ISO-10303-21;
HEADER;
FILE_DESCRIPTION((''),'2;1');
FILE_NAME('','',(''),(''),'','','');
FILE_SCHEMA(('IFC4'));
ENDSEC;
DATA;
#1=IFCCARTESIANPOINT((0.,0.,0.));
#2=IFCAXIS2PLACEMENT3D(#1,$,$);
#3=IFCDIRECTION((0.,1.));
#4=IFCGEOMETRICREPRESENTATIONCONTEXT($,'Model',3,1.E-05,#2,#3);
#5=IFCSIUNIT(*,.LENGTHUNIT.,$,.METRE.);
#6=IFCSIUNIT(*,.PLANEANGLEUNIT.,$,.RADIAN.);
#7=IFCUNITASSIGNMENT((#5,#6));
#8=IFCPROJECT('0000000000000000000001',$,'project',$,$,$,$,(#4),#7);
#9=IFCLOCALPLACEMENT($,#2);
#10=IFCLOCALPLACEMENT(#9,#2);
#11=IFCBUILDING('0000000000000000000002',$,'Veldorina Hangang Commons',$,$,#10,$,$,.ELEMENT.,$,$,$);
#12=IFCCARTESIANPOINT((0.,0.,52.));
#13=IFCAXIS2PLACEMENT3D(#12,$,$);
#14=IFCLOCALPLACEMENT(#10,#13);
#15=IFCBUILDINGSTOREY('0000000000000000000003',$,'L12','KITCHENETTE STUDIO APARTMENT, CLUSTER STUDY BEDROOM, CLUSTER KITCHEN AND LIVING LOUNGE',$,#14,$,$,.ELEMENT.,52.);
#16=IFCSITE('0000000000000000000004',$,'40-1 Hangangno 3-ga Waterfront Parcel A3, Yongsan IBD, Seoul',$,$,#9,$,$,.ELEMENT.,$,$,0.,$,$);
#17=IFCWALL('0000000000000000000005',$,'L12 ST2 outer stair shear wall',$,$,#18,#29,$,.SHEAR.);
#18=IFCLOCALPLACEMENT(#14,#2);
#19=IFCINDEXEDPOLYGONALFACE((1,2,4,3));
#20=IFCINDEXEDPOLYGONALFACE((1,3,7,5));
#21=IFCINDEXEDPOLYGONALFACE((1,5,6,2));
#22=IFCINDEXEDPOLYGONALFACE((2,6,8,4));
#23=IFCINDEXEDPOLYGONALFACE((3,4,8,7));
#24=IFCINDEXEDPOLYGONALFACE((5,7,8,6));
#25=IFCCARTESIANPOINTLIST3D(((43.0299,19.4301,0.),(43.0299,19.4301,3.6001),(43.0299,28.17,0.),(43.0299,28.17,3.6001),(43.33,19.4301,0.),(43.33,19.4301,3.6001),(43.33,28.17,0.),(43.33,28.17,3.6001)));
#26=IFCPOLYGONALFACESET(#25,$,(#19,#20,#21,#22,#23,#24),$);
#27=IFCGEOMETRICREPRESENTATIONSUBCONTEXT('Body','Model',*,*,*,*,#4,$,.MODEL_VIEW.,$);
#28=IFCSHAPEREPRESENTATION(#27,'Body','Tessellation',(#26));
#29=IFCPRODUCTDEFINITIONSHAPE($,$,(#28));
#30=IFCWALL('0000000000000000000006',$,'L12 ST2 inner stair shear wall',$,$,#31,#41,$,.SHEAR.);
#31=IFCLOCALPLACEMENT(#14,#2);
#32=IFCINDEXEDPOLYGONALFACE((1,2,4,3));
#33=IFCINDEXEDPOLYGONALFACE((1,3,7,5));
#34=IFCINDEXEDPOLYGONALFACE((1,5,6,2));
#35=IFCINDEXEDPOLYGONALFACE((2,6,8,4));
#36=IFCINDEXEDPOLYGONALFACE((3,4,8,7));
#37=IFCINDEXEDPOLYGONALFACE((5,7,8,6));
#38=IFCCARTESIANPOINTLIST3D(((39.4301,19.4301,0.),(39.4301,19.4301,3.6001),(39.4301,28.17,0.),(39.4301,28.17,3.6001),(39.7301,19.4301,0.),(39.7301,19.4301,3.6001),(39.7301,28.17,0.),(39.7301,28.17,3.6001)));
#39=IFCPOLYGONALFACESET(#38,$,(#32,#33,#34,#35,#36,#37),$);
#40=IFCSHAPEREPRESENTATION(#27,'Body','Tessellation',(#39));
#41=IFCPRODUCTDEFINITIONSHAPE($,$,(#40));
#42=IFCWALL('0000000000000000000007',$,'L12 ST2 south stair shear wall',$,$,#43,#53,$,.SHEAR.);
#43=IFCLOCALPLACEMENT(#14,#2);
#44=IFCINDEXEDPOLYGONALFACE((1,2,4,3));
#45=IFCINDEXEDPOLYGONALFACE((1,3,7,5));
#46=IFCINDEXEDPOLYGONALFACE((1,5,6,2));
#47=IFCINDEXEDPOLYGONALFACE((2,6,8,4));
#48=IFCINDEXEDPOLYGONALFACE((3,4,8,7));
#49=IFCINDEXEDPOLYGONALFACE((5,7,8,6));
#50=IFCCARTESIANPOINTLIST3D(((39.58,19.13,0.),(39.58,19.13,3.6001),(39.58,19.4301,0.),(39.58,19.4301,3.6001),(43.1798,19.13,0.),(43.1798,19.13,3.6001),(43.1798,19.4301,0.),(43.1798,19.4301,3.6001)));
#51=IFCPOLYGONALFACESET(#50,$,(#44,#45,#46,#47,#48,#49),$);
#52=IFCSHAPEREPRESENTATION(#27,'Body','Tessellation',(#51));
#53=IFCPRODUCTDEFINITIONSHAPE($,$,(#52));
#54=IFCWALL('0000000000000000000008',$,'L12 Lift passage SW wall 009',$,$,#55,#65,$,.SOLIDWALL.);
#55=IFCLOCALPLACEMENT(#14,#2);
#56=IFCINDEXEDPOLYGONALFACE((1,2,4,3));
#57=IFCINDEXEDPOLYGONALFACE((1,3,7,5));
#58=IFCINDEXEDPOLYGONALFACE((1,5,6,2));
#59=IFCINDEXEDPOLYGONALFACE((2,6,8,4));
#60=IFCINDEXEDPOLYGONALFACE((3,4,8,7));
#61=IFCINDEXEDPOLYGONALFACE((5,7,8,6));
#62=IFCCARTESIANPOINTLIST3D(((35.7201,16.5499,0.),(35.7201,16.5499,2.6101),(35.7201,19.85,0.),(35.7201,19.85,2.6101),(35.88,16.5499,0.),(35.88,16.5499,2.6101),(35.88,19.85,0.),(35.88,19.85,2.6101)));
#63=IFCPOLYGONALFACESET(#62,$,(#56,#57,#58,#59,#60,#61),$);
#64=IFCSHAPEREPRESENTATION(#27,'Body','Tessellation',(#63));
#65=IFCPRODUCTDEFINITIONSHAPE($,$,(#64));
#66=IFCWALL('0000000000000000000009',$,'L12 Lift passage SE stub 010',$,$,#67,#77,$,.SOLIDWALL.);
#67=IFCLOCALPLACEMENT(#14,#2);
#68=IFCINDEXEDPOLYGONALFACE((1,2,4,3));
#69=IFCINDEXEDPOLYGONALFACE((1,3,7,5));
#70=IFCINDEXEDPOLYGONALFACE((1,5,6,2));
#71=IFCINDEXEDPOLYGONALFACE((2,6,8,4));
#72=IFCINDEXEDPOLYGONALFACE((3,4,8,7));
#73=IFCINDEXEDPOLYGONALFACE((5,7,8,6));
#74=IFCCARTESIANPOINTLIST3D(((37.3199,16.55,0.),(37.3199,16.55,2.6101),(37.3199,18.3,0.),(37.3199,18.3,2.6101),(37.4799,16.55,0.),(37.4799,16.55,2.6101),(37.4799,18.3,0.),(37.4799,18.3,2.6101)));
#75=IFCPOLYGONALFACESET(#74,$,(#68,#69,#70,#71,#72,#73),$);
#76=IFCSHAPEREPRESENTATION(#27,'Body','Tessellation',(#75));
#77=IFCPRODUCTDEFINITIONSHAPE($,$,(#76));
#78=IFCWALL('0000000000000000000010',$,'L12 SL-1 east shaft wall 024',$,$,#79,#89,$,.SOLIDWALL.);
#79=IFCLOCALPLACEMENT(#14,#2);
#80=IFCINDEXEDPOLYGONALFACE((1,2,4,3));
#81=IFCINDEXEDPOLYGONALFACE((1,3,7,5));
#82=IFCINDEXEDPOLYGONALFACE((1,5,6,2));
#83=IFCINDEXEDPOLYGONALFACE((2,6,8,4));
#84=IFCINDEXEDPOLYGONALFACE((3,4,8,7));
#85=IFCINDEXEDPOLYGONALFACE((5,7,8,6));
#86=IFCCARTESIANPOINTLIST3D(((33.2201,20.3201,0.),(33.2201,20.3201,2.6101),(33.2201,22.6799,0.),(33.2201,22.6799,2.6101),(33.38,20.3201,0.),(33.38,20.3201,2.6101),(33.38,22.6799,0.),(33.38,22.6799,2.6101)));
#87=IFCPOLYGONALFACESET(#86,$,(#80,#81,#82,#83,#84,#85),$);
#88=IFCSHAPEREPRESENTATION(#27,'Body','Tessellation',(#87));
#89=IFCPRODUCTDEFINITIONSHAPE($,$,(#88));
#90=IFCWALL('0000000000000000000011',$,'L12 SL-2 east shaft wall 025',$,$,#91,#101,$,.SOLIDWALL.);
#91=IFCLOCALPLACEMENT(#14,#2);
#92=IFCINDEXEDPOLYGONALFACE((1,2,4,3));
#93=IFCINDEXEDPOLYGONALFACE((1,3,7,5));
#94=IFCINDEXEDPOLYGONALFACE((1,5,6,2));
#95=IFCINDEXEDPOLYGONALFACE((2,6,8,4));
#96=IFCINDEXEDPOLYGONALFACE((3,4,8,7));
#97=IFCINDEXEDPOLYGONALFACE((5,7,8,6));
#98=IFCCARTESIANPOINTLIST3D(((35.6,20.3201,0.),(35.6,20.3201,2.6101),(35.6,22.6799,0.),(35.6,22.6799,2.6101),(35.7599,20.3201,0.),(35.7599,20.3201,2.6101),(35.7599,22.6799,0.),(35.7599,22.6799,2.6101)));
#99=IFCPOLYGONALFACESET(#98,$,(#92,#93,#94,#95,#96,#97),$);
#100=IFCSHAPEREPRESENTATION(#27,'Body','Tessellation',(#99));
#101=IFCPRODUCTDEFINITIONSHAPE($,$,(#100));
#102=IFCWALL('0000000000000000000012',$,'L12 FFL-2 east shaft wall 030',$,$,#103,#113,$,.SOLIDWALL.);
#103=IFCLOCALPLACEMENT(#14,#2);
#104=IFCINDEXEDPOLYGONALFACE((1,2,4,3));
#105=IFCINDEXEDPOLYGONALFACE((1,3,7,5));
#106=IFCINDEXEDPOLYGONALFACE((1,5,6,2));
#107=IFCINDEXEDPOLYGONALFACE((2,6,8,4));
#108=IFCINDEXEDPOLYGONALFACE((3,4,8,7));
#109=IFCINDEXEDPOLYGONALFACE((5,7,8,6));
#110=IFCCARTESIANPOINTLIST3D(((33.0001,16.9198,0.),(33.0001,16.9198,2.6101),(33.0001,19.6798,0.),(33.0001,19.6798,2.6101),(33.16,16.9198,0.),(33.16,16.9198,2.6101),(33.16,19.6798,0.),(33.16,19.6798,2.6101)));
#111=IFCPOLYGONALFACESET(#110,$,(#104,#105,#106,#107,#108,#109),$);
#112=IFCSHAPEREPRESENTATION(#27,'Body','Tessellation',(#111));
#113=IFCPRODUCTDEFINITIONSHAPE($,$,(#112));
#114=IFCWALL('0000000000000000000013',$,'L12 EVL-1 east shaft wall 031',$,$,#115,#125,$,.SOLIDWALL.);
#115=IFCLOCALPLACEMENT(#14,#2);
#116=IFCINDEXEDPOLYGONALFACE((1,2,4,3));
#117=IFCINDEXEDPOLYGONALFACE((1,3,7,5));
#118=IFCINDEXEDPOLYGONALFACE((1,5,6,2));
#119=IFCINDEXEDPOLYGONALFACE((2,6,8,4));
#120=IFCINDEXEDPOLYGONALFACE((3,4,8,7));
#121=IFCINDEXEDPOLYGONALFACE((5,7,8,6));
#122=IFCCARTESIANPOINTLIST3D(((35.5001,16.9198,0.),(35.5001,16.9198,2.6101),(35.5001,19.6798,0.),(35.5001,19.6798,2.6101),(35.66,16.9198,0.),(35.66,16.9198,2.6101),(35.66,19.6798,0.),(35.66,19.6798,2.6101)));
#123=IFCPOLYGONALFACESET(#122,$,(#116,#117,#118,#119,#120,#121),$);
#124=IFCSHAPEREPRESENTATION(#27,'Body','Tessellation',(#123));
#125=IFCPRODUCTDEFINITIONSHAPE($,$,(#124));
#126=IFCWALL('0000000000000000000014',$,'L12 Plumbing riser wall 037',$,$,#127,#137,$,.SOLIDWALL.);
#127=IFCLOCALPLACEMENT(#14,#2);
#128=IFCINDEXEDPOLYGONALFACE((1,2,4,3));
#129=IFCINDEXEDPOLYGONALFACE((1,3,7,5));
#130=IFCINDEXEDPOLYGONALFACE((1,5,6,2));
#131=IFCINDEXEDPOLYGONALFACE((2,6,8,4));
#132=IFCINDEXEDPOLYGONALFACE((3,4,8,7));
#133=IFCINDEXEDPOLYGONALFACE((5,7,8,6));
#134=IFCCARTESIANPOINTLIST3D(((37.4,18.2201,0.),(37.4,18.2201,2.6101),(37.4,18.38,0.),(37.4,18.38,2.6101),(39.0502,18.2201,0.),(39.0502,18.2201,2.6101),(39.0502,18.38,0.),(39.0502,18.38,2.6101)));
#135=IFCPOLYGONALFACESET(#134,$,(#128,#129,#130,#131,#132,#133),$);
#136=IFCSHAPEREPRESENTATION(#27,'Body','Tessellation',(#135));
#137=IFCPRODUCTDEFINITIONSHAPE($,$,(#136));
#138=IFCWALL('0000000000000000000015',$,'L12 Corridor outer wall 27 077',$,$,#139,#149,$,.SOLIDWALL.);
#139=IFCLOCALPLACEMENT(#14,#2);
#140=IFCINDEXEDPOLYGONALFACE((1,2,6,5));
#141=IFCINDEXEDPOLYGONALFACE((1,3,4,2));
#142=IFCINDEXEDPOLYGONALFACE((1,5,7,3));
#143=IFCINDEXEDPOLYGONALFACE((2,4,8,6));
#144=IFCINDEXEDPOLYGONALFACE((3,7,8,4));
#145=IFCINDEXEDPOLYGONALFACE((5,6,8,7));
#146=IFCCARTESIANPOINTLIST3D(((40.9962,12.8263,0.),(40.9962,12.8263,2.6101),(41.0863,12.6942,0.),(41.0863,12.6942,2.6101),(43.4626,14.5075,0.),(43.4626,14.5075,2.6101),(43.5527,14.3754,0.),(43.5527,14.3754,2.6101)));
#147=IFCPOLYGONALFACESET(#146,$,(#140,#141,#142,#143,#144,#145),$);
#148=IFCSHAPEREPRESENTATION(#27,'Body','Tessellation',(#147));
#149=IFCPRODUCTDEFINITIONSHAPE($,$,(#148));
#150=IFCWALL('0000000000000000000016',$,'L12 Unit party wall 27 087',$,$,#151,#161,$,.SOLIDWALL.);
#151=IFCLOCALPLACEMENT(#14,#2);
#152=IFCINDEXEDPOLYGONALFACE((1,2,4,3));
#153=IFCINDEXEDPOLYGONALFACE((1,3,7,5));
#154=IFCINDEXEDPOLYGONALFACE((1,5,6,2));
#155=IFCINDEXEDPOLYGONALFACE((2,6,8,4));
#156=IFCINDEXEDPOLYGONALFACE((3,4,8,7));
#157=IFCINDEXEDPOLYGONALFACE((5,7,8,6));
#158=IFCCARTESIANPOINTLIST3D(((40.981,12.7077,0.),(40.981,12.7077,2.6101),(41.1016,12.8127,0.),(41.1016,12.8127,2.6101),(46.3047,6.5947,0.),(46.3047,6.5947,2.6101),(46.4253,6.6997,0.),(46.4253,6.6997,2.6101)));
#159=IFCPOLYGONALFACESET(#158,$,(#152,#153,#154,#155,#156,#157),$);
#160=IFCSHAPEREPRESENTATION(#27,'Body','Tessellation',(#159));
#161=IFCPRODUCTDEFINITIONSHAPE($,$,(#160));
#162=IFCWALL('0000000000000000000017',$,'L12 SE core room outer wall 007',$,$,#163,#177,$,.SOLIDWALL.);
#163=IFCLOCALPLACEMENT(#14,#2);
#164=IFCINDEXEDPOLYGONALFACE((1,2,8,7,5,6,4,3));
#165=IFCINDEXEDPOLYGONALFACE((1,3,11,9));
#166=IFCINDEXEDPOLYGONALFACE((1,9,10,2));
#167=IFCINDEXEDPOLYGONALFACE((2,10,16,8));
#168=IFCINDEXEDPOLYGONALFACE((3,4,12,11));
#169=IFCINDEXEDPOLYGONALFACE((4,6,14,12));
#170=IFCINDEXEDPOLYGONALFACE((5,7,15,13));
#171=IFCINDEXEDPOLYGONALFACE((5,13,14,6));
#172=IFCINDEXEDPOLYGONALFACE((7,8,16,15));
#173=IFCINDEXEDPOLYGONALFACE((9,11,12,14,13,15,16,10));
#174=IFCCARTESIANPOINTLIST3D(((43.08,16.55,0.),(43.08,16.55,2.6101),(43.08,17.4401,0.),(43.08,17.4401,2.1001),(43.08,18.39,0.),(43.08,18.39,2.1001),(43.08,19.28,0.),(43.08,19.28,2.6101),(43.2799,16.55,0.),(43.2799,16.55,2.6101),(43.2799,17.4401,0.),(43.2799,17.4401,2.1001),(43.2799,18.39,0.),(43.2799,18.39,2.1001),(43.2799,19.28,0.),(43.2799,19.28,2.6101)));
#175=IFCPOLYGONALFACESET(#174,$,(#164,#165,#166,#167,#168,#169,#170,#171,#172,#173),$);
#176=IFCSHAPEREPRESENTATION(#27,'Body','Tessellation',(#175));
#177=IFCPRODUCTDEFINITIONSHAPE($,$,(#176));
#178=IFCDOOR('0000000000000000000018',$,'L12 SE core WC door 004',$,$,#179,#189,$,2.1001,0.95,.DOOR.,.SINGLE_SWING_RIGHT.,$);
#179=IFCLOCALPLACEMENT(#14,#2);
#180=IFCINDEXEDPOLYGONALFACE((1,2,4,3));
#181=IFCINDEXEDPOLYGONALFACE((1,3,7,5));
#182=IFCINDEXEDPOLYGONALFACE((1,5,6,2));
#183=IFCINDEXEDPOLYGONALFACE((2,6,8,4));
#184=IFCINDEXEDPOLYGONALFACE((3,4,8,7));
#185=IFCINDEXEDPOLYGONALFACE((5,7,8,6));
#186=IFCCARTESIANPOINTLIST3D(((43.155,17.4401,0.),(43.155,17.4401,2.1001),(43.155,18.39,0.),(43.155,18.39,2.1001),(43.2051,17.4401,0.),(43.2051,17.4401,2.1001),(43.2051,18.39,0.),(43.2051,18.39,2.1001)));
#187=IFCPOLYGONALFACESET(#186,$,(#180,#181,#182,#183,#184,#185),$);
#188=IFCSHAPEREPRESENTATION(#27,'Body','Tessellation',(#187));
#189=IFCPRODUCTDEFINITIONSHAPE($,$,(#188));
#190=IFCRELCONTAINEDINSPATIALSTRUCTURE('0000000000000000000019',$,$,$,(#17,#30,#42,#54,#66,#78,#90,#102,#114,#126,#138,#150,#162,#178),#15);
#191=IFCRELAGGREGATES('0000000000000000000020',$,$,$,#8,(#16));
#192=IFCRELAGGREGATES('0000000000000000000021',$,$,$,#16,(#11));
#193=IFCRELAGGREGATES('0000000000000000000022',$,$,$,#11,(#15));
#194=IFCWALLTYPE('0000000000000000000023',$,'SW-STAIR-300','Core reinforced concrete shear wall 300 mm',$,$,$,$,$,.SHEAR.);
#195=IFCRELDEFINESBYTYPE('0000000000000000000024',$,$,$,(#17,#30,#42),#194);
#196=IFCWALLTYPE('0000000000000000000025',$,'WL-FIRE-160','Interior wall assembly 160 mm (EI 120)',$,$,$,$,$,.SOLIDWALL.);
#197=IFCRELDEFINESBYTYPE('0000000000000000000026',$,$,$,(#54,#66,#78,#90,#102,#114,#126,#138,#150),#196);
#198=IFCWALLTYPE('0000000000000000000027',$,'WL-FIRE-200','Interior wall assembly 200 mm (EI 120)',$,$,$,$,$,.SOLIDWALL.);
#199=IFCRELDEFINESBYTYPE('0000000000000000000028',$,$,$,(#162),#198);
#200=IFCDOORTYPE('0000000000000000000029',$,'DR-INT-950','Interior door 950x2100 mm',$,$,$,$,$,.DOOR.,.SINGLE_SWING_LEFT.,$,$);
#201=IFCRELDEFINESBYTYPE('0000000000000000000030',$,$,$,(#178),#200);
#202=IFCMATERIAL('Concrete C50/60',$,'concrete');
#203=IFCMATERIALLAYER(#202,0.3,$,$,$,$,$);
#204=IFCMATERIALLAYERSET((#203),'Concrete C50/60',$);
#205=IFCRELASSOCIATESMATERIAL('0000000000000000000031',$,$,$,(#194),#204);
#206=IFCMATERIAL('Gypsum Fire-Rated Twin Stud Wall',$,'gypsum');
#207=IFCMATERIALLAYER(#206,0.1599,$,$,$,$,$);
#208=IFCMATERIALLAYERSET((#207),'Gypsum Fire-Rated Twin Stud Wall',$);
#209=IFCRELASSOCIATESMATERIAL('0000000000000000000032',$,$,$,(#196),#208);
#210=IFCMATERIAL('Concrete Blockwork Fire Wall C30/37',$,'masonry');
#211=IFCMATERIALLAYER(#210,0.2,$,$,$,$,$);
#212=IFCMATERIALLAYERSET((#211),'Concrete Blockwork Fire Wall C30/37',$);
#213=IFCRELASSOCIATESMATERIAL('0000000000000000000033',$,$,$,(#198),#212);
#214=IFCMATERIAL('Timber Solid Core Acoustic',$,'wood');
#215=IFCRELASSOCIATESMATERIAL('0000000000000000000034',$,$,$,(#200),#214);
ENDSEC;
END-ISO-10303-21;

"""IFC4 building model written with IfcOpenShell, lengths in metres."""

from ifc_helpers import new_model, si_unit, direction, frame, frame_2d, origin, place, context, subcontext, project, spatial, rectangle, extrude, material, layer, layer_set, type_object, element, fill, save


model = new_model("IFC4")

# Units and contexts
model_context = context("Model", 3, precision=1e-05, world=origin(), true_north=direction((0.0, 1.0)))
body_context = subcontext(model_context, "Body", "Model", "MODEL_VIEW")
ifc_project = project(units=[si_unit("LENGTHUNIT", "METRE"), si_unit("PLANEANGLEUNIT", "RADIAN")], contexts=[model_context])

# Site, building, storey
site_placement = place(None, origin())
site = spatial("IfcSite", under=ifc_project, at=site_placement, Name="40-1 Hangangno 3-ga Waterfront Parcel A3, Yongsan IBD, Seoul", CompositionType="ELEMENT", RefElevation=0.0)
building_placement = place(site_placement, origin())
building = spatial("IfcBuilding", under=site, at=building_placement, Name="Veldorina Hangang Commons", CompositionType="ELEMENT")
storey_placement = place(building_placement, frame((0.0, 0.0, 52.0)))
storey = spatial("IfcBuildingStorey", under=building, at=storey_placement, Name="L12", Description="KITCHENETTE STUDIO APARTMENT, CLUSTER STUDY BEDROOM, CLUSTER KITCHEN AND LIVING LOUNGE", CompositionType="ELEMENT", Elevation=52.0)

# Walls
ifc_material_1 = material(Name="Concrete C50/60", Category="concrete")
ifc_layer_1 = layer(ifc_material_1, 0.3)
ifc_layer_set_1 = layer_set([ifc_layer_1], Name="Concrete C50/60")
wall_type_1 = type_object("IfcWallType", Name="SW-STAIR-300", Description="Core reinforced concrete shear wall 300 mm", PredefinedType="SHEAR", material=ifc_layer_set_1)
for number, where, z_axis, x_axis, name in (
    (1, (43.1799, 19.4299, 0.0), (0.0, 0.0, 1.0), (0.0, 1.0, 0.0), "L12 ST2 outer stair shear wall"),
    (2, (39.5801, 19.4299, 0.0), (0.0, 0.0, 1.0), (0.0, 1.0, 0.0), "L12 ST2 inner stair shear wall"),
):
    element("IfcWall", number, at=place(storey_placement, frame(where, z_axis=z_axis, x_axis=x_axis)), inside=storey, type_object=wall_type_1, Name=name, PredefinedType="SHEAR", context=body_context, shape_type="SweptSolid", body=[
        extrude(rectangle(XDim=8.74, YDim=0.3, at=frame_2d((4.3701, 0.0))), origin(), (0.0, 0.0, 1.0), 3.6001),
    ])
wall_1_placement = place(storey_placement, frame((39.5801, 19.28, 0.0), z_axis=(0.0, 0.0, 1.0), x_axis=(1.0, 0.0, 0.0)))
element("IfcWall", 3, at=wall_1_placement, inside=storey, type_object=wall_type_1, Name="L12 ST2 south stair shear wall", PredefinedType="SHEAR", context=body_context, shape_type="SweptSolid", body=[
    extrude(rectangle(XDim=3.5999, YDim=0.3, at=frame_2d((1.7998, 0.0))), origin(), (0.0, 0.0, 1.0), 3.6001),
])
ifc_material_2 = material(Name="Gypsum Fire-Rated Twin Stud Wall", Category="gypsum")
ifc_layer_2 = layer(ifc_material_2, 0.1599)
ifc_layer_set_2 = layer_set([ifc_layer_2], Name="Gypsum Fire-Rated Twin Stud Wall")
wall_type_2 = type_object("IfcWallType", Name="WL-FIRE-160", Description="Interior wall assembly 160 mm (EI 120)", PredefinedType="SOLIDWALL", material=ifc_layer_set_2)
wall_2_placement = place(storey_placement, frame((35.8, 16.55, 0.0), z_axis=(0.0, 0.0, 1.0), x_axis=(0.0, 1.0, 0.0)))
element("IfcWall", 4, at=wall_2_placement, inside=storey, type_object=wall_type_2, Name="L12 Lift passage SW wall 009", PredefinedType="SOLIDWALL", context=body_context, shape_type="SweptSolid", body=[
    extrude(rectangle(XDim=3.3, YDim=0.1599, at=frame_2d((1.6499, 0.0))), origin(), (0.0, 0.0, 1.0), 2.6101),
])
wall_3_placement = place(storey_placement, frame((37.3999, 16.55, 0.0), z_axis=(0.0, 0.0, 1.0), x_axis=(0.0, 1.0, 0.0)))
element("IfcWall", 5, at=wall_3_placement, inside=storey, type_object=wall_type_2, Name="L12 Lift passage SE stub 010", PredefinedType="SOLIDWALL", context=body_context, shape_type="SweptSolid", body=[
    extrude(rectangle(XDim=1.75, YDim=0.1599, at=frame_2d((0.875, 0.0))), origin(), (0.0, 0.0, 1.0), 2.6101),
])
for number, where, z_axis, x_axis, name in (
    (6, (33.3, 20.3201, 0.0), (0.0, 0.0, 1.0), (0.0, 1.0, 0.0), "L12 SL-1 east shaft wall 024"),
    (7, (35.6799, 20.3201, 0.0), (0.0, 0.0, 1.0), (0.0, 1.0, 0.0), "L12 SL-2 east shaft wall 025"),
):
    element("IfcWall", number, at=place(storey_placement, frame(where, z_axis=z_axis, x_axis=x_axis)), inside=storey, type_object=wall_type_2, Name=name, PredefinedType="SOLIDWALL", context=body_context, shape_type="SweptSolid", body=[
        extrude(rectangle(XDim=2.3599, YDim=0.1599, at=frame_2d((1.1799, 0.0))), origin(), (0.0, 0.0, 1.0), 2.6101),
    ])
for number, where, z_axis, x_axis, name in (
    (8, (33.0801, 16.9199, 0.0), (0.0, 0.0, 1.0), (0.0, 1.0, 0.0), "L12 FFL-2 east shaft wall 030"),
    (9, (35.5801, 16.9199, 0.0), (0.0, 0.0, 1.0), (0.0, 1.0, 0.0), "L12 EVL-1 east shaft wall 031"),
):
    element("IfcWall", number, at=place(storey_placement, frame(where, z_axis=z_axis, x_axis=x_axis)), inside=storey, type_object=wall_type_2, Name=name, PredefinedType="SOLIDWALL", context=body_context, shape_type="SweptSolid", body=[
        extrude(rectangle(XDim=2.76, YDim=0.1599, at=frame_2d((1.3799, 0.0))), origin(), (0.0, 0.0, 1.0), 2.6101),
    ])
wall_4_placement = place(storey_placement, frame((37.3999, 18.3, 0.0), z_axis=(0.0, 0.0, 1.0), x_axis=(1.0, 0.0, 0.0)))
element("IfcWall", 10, at=wall_4_placement, inside=storey, type_object=wall_type_2, Name="L12 Plumbing riser wall 037", PredefinedType="SOLIDWALL", context=body_context, shape_type="SweptSolid", body=[
    extrude(rectangle(XDim=1.6501, YDim=0.1599, at=frame_2d((0.8252, 0.0))), origin(), (0.0, 0.0, 1.0), 2.6101),
])
wall_5_placement = place(storey_placement, frame((41.0413, 12.7603, 0.0), z_axis=(0.0, 0.0, 1.0), x_axis=(0.826293, 0.56324, 0.0)))
element("IfcWall", 11, at=wall_5_placement, inside=storey, type_object=wall_type_2, Name="L12 Corridor outer wall 27 077", PredefinedType="SOLIDWALL", context=body_context, shape_type="SweptSolid", body=[
    extrude(rectangle(XDim=2.9849, YDim=0.1599, at=frame_2d((1.4924, 0.0))), origin(), (0.0, 0.0, 1.0), 2.6101),
])
wall_6_placement = place(storey_placement, frame((41.0413, 12.7603, 0.0), z_axis=(0.0, 0.0, 1.0), x_axis=(0.656744, -0.754114, 0.0)))
element("IfcWall", 12, at=wall_6_placement, inside=storey, type_object=wall_type_2, Name="L12 Unit party wall 27 087", PredefinedType="SOLIDWALL", context=body_context, shape_type="SweptSolid", body=[
    extrude(rectangle(XDim=8.1062, YDim=0.1599, at=frame_2d((4.0532, 0.0))), origin(), (0.0, 0.0, 1.0), 2.6101),
])

# Wall, opening, door
ifc_material_3 = material(Name="Concrete Blockwork Fire Wall C30/37", Category="masonry")
ifc_layer_3 = layer(ifc_material_3, 0.2)
ifc_layer_set_3 = layer_set([ifc_layer_3], Name="Concrete Blockwork Fire Wall C30/37")
wall_type_3 = type_object("IfcWallType", Name="WL-FIRE-200", Description="Interior wall assembly 200 mm (EI 120)", PredefinedType="SOLIDWALL", material=ifc_layer_set_3)
wall_7_placement = place(storey_placement, frame((43.1799, 16.55, 0.0), z_axis=(0.0, 0.0, 1.0), x_axis=(0.0, 1.0, 0.0)))
wall_7 = element("IfcWall", 13, at=wall_7_placement, inside=storey, type_object=wall_type_3, Name="L12 SE core room outer wall 007", PredefinedType="SOLIDWALL", context=body_context, shape_type="SweptSolid", body=[
    extrude(rectangle(XDim=2.73, YDim=0.2, at=frame_2d((1.365, 0.0))), origin(), (0.0, 0.0, 1.0), 2.6101),
])
opening_1_placement = place(wall_7_placement, frame((0.8899, 0.0, 0.0)))
opening_1 = element("IfcOpeningElement", 14, at=opening_1_placement, cuts=wall_7, PredefinedType="OPENING", context=body_context, shape_type="SweptSolid", body=[
    extrude(rectangle(XDim=0.95, YDim=2.1001, at=frame_2d((0.4751, 1.05))), frame((0.0, 0.1099, 0.0), z_axis=(0.0, -1.0, 0.0), x_axis=(1.0, 0.0, 0.0)), (0.0, 0.0, 1.0), 0.22),
])
ifc_material_4 = material(Name="Timber Solid Core Acoustic", Category="wood")
door_type_1 = type_object("IfcDoorType", Name="DR-INT-950", Description="Interior door 950x2100 mm", OperationType="SINGLE_SWING_LEFT", PredefinedType="DOOR", material=ifc_material_4)
door_1_placement = place(opening_1_placement, origin())
door_1 = element("IfcDoor", 15, at=door_1_placement, inside=storey, type_object=door_type_1, Name="L12 SE core WC door 004", OperationType="SINGLE_SWING_RIGHT", OverallHeight=2.1001, OverallWidth=0.95, PredefinedType="DOOR", context=body_context, shape_type="SweptSolid", body=[
    extrude(rectangle(XDim=0.95, YDim=2.1001, at=frame_2d((0.4751, 1.05))), frame((0.0, 0.0249, 0.0), z_axis=(0.0, -1.0, 0.0), x_axis=(1.0, 0.0, 0.0)), (0.0, 0.0, 1.0), 0.05),
])
fill(opening_1, door_1)

save(model, "model.ifc")
